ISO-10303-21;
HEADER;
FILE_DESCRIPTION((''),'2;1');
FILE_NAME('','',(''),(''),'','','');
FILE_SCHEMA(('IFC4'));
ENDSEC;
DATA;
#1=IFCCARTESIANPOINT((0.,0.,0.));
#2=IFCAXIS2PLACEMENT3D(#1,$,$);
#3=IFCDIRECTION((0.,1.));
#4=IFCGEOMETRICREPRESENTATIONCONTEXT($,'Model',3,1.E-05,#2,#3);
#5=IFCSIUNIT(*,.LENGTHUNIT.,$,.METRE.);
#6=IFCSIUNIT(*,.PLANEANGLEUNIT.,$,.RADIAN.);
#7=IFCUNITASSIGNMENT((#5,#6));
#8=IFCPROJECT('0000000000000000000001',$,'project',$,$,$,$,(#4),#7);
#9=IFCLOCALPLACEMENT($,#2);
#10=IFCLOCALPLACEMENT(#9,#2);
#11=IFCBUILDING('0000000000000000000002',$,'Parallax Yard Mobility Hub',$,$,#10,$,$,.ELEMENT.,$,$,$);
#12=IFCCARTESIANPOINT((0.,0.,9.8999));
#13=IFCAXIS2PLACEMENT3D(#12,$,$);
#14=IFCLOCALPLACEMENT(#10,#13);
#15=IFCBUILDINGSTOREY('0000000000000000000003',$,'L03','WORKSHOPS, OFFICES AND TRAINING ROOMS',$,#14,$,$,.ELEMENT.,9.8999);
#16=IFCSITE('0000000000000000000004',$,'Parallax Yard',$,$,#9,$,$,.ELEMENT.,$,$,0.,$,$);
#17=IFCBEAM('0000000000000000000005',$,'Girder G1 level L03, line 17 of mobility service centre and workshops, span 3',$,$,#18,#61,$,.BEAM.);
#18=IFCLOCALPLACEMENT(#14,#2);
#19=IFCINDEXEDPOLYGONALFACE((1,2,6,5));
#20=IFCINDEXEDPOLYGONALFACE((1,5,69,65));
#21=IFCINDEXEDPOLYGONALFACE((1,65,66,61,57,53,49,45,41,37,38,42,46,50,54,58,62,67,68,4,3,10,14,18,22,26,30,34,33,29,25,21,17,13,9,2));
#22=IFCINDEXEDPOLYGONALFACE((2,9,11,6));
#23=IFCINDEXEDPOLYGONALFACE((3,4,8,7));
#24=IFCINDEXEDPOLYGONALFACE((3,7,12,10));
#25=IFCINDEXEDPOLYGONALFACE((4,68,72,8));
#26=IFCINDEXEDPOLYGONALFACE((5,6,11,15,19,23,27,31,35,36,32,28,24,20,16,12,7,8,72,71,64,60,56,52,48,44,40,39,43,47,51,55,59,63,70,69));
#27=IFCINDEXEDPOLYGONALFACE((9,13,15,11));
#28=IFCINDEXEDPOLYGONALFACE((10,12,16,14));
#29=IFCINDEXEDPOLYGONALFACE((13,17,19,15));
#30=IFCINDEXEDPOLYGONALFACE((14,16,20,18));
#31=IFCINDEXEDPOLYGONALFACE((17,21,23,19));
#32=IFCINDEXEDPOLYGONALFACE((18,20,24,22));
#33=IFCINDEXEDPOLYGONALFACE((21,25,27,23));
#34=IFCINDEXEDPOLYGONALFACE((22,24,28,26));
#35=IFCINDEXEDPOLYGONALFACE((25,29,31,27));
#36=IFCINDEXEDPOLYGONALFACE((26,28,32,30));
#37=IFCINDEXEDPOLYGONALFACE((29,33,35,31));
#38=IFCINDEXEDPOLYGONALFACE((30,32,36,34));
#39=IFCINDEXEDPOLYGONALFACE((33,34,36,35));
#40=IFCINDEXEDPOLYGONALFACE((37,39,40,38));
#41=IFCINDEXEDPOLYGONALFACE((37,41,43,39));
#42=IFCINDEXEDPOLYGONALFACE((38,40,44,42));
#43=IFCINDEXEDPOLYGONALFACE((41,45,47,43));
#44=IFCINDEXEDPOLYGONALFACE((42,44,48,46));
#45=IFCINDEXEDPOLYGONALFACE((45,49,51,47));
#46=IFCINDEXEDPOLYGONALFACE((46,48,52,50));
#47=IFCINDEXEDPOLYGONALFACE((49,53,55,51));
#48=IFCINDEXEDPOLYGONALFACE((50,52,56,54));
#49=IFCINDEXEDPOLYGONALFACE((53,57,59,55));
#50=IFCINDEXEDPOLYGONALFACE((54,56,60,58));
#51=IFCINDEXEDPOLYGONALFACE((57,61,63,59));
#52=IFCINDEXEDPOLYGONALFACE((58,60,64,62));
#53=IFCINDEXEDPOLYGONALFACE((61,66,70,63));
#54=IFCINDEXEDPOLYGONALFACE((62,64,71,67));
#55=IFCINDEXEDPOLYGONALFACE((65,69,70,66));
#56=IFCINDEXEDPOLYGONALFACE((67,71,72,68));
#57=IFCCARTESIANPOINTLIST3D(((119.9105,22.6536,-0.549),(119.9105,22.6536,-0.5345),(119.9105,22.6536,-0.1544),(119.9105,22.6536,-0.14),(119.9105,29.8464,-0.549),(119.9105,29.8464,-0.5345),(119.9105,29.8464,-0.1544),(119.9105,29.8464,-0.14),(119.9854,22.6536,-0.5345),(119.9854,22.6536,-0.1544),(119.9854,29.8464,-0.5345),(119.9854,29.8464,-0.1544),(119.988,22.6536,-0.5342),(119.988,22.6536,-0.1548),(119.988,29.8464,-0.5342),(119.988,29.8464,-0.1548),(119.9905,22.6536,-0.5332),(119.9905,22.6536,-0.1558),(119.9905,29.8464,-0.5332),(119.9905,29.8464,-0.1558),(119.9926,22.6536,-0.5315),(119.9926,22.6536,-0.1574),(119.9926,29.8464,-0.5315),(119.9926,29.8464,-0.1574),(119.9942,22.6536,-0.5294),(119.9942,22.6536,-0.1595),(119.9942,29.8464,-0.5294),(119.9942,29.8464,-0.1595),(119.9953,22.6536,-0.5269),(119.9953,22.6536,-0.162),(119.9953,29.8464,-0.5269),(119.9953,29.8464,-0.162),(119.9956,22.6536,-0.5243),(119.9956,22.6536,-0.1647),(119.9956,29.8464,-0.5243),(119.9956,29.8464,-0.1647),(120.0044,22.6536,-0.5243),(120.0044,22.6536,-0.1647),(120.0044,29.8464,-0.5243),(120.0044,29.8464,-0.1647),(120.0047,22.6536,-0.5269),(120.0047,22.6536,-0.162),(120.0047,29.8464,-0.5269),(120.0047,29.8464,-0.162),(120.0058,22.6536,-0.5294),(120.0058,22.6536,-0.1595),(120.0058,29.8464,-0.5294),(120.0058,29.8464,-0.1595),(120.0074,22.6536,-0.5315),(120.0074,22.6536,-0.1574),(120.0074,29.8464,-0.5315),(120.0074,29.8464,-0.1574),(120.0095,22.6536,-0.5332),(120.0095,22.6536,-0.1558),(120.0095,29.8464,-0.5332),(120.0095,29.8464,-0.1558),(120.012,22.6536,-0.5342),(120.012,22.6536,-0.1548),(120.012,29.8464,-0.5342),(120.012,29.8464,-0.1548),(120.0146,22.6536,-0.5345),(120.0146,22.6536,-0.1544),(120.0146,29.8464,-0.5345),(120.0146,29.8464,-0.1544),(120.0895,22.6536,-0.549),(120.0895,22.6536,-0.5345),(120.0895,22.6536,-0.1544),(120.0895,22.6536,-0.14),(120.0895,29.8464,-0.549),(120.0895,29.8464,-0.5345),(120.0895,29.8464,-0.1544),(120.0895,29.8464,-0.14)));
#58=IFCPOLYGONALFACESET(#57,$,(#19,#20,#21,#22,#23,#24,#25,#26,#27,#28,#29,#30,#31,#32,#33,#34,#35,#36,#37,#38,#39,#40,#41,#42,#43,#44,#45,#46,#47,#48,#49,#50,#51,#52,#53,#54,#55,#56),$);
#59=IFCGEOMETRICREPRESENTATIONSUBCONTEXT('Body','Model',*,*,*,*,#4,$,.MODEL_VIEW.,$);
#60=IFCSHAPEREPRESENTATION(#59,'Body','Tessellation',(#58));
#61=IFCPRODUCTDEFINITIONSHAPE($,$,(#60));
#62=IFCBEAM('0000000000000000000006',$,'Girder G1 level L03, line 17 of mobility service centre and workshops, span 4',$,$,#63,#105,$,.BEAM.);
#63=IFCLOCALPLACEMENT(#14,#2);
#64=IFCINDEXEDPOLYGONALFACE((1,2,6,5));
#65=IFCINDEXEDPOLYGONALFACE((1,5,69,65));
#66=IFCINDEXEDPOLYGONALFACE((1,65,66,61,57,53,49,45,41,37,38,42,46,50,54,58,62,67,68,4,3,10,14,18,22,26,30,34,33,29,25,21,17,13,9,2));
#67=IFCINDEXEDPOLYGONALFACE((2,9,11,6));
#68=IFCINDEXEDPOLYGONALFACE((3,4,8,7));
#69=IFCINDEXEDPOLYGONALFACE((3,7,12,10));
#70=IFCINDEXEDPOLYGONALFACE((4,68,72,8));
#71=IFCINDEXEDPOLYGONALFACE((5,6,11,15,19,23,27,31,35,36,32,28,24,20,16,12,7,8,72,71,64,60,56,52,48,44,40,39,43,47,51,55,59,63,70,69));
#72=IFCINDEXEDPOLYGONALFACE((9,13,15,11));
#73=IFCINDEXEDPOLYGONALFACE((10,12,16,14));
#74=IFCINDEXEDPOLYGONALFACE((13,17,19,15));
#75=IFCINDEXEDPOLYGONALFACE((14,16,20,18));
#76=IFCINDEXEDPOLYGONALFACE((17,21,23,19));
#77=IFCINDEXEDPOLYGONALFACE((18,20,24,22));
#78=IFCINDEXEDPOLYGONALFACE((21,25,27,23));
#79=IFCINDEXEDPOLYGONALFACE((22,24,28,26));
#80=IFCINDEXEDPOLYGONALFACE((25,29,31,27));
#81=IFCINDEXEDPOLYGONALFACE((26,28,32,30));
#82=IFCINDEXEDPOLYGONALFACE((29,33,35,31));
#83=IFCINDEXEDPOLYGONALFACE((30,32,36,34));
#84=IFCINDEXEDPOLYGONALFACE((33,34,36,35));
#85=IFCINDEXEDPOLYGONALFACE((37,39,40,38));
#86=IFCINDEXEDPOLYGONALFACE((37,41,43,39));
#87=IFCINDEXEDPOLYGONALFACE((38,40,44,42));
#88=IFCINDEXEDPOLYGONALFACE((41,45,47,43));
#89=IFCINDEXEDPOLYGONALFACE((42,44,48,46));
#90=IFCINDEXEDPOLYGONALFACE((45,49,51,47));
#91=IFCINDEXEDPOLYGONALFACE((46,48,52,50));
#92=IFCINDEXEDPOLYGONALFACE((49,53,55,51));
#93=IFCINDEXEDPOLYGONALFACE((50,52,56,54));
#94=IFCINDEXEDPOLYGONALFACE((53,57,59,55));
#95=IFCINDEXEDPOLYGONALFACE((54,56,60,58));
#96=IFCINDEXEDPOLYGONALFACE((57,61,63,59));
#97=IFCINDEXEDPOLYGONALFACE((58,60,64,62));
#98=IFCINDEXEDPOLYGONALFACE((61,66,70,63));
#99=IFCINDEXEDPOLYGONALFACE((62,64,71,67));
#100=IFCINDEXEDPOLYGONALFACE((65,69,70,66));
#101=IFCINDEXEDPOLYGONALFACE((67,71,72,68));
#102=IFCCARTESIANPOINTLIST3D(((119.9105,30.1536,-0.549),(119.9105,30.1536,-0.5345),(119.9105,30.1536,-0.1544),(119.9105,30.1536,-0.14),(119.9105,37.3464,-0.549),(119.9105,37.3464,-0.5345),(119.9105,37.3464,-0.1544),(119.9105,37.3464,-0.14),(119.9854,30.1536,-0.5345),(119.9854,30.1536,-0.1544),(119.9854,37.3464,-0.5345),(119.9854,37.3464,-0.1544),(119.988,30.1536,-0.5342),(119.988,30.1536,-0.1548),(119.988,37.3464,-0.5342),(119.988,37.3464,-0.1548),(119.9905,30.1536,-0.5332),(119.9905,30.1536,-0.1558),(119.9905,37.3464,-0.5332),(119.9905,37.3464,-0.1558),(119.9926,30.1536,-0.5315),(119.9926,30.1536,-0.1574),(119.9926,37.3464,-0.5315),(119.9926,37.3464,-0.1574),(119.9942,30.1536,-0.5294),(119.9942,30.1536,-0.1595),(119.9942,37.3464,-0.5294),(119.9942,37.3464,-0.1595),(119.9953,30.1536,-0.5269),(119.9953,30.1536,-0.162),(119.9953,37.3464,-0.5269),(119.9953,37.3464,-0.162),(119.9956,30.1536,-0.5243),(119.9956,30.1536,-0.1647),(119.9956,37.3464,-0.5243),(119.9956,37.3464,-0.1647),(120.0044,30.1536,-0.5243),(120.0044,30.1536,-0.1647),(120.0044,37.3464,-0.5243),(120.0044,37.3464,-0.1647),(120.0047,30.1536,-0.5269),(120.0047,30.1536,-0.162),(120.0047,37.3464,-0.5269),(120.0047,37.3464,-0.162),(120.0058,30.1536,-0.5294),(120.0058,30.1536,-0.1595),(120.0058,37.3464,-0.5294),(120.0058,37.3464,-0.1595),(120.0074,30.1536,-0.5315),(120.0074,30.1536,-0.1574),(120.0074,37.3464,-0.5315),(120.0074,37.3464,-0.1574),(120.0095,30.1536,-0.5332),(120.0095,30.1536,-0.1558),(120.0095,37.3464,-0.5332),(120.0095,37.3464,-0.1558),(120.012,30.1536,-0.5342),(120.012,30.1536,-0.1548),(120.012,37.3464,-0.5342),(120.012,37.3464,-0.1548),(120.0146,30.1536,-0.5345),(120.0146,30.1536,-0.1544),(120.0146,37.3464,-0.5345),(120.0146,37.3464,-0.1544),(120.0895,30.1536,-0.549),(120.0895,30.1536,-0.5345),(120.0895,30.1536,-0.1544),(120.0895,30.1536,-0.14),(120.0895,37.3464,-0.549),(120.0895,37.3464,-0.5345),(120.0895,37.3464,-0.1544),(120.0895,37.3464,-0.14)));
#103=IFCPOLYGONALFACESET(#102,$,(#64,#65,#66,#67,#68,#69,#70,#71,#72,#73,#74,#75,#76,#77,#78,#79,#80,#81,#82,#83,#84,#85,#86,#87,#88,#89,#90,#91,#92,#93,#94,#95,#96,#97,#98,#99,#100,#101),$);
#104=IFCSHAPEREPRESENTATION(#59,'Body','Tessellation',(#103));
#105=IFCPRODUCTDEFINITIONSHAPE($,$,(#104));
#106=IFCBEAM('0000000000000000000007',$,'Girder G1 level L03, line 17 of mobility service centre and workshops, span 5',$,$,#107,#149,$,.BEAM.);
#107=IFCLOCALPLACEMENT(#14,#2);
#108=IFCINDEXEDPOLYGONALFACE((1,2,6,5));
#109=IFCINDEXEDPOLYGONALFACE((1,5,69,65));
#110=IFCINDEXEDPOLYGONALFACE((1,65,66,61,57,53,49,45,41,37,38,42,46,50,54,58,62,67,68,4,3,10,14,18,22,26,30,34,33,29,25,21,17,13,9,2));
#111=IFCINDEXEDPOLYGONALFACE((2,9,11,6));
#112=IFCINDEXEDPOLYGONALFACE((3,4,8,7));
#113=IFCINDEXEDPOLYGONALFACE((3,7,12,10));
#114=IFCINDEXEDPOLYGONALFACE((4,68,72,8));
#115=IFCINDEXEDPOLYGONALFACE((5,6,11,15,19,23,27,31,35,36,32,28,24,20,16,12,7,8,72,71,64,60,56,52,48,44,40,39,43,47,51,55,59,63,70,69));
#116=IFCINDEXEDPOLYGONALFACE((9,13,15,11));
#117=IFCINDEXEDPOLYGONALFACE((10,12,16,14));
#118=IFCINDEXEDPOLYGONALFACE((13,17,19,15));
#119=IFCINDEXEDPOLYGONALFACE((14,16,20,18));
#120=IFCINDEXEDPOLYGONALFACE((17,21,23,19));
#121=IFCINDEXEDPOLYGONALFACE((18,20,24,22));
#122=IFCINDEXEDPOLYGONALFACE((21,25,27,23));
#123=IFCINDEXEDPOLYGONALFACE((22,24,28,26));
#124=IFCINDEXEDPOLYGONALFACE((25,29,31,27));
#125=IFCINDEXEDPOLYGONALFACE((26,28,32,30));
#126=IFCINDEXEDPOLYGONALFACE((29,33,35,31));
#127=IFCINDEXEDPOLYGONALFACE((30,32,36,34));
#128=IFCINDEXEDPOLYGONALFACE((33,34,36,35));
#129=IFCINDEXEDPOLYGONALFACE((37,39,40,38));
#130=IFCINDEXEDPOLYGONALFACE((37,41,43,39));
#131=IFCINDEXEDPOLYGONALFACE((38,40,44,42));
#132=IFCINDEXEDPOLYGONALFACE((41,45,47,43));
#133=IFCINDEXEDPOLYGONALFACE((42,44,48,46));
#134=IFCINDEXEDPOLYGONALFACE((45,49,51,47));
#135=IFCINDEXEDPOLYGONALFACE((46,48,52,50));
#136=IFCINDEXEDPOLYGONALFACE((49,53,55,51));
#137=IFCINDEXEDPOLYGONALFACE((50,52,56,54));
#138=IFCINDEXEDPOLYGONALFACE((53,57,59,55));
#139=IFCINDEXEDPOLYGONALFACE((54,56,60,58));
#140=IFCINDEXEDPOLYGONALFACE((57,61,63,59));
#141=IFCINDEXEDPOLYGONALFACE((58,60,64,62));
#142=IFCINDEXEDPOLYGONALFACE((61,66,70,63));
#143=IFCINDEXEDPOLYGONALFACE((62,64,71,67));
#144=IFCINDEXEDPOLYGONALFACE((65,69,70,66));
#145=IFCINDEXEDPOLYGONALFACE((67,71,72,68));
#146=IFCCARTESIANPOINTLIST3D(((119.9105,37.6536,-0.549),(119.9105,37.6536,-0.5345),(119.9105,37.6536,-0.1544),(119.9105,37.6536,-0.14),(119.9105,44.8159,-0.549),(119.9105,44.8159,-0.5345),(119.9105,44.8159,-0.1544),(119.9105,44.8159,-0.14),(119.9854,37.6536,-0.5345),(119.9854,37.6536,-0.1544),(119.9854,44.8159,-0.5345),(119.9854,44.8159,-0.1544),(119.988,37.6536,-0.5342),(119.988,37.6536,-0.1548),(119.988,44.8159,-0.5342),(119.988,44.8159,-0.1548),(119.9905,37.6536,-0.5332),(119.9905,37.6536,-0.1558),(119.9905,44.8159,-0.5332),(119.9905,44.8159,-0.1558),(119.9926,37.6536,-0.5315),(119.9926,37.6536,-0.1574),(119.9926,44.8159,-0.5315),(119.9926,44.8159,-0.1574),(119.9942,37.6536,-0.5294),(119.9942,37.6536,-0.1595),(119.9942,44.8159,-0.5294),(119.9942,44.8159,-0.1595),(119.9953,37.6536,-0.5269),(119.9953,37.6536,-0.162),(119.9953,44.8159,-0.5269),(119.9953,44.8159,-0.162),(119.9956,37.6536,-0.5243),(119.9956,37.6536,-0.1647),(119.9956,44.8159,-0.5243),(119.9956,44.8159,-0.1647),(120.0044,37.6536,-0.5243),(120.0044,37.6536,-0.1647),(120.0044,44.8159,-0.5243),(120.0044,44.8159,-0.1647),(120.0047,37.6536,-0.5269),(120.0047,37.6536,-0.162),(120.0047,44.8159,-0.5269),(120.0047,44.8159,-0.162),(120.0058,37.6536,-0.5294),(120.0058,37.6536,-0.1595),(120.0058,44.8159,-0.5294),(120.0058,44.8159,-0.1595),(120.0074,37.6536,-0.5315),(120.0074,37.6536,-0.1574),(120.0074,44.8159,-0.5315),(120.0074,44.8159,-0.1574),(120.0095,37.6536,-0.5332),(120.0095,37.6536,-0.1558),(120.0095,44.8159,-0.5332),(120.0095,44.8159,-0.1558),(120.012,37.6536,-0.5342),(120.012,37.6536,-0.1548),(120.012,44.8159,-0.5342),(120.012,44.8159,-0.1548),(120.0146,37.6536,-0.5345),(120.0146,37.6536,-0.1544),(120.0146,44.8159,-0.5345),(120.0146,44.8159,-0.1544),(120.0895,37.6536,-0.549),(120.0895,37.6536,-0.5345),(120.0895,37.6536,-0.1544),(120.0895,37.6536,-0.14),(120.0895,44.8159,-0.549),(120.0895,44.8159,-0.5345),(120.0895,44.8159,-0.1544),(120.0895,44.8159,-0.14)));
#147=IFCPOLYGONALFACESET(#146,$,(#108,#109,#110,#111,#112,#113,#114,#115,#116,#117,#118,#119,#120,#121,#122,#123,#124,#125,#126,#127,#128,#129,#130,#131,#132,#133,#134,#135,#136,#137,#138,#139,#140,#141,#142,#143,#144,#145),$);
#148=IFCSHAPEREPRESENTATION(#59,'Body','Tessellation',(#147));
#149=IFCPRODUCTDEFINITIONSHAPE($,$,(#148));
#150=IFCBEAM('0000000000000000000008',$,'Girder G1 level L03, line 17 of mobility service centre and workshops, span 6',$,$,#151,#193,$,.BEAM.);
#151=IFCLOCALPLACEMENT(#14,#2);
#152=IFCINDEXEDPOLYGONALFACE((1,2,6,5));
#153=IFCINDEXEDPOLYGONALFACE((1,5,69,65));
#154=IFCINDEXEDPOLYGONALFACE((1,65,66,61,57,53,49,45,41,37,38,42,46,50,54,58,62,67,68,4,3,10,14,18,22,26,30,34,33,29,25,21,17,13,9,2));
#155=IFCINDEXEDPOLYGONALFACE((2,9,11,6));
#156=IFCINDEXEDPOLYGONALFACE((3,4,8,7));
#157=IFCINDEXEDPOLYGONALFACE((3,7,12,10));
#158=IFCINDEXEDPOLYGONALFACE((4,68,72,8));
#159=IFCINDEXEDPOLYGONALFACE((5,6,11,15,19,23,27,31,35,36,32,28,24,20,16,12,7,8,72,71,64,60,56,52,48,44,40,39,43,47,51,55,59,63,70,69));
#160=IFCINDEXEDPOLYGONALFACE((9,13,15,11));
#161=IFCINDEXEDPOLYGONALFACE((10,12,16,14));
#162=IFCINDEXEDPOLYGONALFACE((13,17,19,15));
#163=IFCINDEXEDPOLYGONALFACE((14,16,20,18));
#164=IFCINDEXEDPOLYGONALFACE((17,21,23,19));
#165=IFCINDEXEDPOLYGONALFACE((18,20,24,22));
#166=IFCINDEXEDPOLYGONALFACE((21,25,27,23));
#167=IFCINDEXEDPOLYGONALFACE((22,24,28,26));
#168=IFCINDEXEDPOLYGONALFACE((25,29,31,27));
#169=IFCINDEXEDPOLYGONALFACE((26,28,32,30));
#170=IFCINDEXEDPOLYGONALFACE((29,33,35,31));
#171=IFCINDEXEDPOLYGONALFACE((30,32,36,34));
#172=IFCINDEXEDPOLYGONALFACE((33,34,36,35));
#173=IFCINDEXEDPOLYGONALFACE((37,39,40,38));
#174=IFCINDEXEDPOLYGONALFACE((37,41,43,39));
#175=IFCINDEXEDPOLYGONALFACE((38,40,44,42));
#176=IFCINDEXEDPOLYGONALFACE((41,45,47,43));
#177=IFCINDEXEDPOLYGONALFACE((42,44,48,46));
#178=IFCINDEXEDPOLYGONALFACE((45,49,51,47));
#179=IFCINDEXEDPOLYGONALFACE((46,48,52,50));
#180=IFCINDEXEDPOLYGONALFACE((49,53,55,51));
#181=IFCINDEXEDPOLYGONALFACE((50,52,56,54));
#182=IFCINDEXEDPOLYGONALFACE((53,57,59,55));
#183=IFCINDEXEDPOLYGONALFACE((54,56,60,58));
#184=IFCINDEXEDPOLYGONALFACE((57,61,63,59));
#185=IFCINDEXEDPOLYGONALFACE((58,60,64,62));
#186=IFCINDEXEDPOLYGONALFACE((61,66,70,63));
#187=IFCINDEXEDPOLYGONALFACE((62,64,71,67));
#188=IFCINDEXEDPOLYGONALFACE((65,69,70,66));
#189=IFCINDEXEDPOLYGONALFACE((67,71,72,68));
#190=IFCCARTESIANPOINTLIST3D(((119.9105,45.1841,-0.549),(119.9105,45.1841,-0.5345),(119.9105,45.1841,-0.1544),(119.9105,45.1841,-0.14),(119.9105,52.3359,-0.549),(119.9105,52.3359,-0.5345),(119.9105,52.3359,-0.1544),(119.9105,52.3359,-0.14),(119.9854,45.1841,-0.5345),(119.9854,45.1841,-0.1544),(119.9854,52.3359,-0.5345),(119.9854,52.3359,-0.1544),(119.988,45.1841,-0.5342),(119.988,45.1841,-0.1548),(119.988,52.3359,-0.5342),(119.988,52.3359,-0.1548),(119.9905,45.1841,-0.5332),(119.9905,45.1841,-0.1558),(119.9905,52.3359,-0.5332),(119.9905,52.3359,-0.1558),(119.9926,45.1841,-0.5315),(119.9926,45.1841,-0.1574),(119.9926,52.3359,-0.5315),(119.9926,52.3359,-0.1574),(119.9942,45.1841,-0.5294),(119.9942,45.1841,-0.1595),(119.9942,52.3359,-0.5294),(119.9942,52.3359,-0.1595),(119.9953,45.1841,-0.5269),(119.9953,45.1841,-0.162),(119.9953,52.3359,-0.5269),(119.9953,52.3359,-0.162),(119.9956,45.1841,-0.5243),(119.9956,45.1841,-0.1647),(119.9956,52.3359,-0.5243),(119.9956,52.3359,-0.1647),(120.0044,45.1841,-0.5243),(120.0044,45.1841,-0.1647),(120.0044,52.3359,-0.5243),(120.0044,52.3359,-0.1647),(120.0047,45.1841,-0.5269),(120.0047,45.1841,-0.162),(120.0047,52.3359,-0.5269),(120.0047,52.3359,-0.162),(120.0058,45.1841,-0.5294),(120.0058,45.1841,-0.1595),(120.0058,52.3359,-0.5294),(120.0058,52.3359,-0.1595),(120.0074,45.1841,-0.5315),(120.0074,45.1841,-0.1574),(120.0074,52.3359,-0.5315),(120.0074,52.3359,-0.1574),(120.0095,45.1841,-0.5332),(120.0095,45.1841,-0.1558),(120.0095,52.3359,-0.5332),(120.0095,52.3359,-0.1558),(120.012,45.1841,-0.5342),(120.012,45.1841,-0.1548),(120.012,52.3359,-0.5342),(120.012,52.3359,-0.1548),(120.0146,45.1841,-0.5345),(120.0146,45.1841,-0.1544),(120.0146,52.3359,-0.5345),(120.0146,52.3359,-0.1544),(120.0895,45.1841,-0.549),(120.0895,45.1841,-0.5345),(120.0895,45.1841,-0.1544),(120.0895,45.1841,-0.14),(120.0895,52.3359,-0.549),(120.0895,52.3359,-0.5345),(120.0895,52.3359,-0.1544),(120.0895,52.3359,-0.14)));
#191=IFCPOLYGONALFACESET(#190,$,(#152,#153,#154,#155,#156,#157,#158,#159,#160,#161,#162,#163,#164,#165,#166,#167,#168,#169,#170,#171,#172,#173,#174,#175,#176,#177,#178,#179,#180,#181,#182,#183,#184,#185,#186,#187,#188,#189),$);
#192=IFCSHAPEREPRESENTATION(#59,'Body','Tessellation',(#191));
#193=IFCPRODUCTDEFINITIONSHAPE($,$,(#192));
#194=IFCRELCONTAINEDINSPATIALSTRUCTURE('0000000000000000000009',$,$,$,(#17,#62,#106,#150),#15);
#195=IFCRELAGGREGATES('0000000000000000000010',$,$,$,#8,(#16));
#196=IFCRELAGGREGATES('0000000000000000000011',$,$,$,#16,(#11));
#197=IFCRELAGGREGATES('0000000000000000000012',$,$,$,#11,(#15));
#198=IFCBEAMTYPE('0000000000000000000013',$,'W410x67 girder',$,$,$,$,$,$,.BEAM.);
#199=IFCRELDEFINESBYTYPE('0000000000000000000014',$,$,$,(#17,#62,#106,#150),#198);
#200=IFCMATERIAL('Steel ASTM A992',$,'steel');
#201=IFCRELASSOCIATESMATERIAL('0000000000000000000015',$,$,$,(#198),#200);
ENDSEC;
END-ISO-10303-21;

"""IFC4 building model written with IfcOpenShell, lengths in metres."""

from ifc_helpers import new_model, si_unit, direction, frame, origin, origin_2d, place, context, subcontext, project, spatial, i_section, extrude, material, material_profile, profile_set, type_object, element, save


model = new_model("IFC4")

# Units and contexts
model_context = context("Model", 3, precision=1e-05, world=origin(), true_north=direction((0.0, 1.0)))
body_context = subcontext(model_context, "Body", "Model", "MODEL_VIEW")
ifc_project = project(units=[si_unit("LENGTHUNIT", "METRE"), si_unit("PLANEANGLEUNIT", "RADIAN")], contexts=[model_context])

# Site, building, storey
site_placement = place(None, origin())
site = spatial("IfcSite", under=ifc_project, at=site_placement, Name="Parallax Yard", CompositionType="ELEMENT", RefElevation=0.0)
building_placement = place(site_placement, origin())
building = spatial("IfcBuilding", under=site, at=building_placement, Name="Parallax Yard Mobility Hub", CompositionType="ELEMENT")
storey_placement = place(building_placement, frame((0.0, 0.0, 9.8999)))
storey = spatial("IfcBuildingStorey", under=building, at=storey_placement, Name="L03", Description="WORKSHOPS, OFFICES AND TRAINING ROOMS", CompositionType="ELEMENT", Elevation=9.8999)

# Shared definitions
ifc_material_1 = material(Name="Steel ASTM A992", Category="steel")

# Beams
ifc_material_profile_1 = material_profile(ifc_material_1, i_section(OverallWidth=0.179, OverallDepth=0.4089, WebThickness=0.0088, FlangeThickness=0.0144, FilletRadius=0.0103, at=origin_2d()), Name="W410x67")
ifc_profile_set_1 = profile_set([ifc_material_profile_1], Name="Steel ASTM A992")
beam_type_1 = type_object("IfcBeamType", Name="W410x67 girder", PredefinedType="BEAM", material=ifc_profile_set_1)
for number, where, z_axis, x_axis, name in (
    (1, (120.0, 22.6536, -0.3445), (0.0, 1.0, 0.0), (-1.0, 0.0, 0.0), "Girder G1 level L03, line 17 of mobility service centre and workshops, span 3"),
    (2, (120.0, 30.1536, -0.3445), (0.0, 1.0, 0.0), (-1.0, 0.0, 0.0), "Girder G1 level L03, line 17 of mobility service centre and workshops, span 4"),
):
    element("IfcBeam", number, at=place(storey_placement, frame(where, z_axis=z_axis, x_axis=x_axis)), inside=storey, type_object=beam_type_1, Name=name, PredefinedType="BEAM", context=body_context, shape_type="SweptSolid", body=[
        extrude(i_section(OverallWidth=0.179, OverallDepth=0.4089, WebThickness=0.0088, FlangeThickness=0.0144, FilletRadius=0.0103, at=origin_2d()), origin(), (0.0, 0.0, 1.0), 7.1929),
    ])
beam_1_placement = place(storey_placement, frame((120.0, 37.6536, -0.3445), z_axis=(0.0, 1.0, 0.0), x_axis=(-1.0, 0.0, 0.0)))
element("IfcBeam", 3, at=beam_1_placement, inside=storey, type_object=beam_type_1, Name="Girder G1 level L03, line 17 of mobility service centre and workshops, span 5", PredefinedType="BEAM", context=body_context, shape_type="SweptSolid", body=[
    extrude(i_section(OverallWidth=0.179, OverallDepth=0.4089, WebThickness=0.0088, FlangeThickness=0.0144, FilletRadius=0.0103, at=origin_2d()), origin(), (0.0, 0.0, 1.0), 7.1624),
])
beam_2_placement = place(storey_placement, frame((120.0, 45.1841, -0.3445), z_axis=(0.0, 1.0, 0.0), x_axis=(-1.0, 0.0, 0.0)))
element("IfcBeam", 4, at=beam_2_placement, inside=storey, type_object=beam_type_1, Name="Girder G1 level L03, line 17 of mobility service centre and workshops, span 6", PredefinedType="BEAM", context=body_context, shape_type="SweptSolid", body=[
    extrude(i_section(OverallWidth=0.179, OverallDepth=0.4089, WebThickness=0.0088, FlangeThickness=0.0144, FilletRadius=0.0103, at=origin_2d()), origin(), (0.0, 0.0, 1.0), 7.1519),
])

save(model, "model.ifc")
